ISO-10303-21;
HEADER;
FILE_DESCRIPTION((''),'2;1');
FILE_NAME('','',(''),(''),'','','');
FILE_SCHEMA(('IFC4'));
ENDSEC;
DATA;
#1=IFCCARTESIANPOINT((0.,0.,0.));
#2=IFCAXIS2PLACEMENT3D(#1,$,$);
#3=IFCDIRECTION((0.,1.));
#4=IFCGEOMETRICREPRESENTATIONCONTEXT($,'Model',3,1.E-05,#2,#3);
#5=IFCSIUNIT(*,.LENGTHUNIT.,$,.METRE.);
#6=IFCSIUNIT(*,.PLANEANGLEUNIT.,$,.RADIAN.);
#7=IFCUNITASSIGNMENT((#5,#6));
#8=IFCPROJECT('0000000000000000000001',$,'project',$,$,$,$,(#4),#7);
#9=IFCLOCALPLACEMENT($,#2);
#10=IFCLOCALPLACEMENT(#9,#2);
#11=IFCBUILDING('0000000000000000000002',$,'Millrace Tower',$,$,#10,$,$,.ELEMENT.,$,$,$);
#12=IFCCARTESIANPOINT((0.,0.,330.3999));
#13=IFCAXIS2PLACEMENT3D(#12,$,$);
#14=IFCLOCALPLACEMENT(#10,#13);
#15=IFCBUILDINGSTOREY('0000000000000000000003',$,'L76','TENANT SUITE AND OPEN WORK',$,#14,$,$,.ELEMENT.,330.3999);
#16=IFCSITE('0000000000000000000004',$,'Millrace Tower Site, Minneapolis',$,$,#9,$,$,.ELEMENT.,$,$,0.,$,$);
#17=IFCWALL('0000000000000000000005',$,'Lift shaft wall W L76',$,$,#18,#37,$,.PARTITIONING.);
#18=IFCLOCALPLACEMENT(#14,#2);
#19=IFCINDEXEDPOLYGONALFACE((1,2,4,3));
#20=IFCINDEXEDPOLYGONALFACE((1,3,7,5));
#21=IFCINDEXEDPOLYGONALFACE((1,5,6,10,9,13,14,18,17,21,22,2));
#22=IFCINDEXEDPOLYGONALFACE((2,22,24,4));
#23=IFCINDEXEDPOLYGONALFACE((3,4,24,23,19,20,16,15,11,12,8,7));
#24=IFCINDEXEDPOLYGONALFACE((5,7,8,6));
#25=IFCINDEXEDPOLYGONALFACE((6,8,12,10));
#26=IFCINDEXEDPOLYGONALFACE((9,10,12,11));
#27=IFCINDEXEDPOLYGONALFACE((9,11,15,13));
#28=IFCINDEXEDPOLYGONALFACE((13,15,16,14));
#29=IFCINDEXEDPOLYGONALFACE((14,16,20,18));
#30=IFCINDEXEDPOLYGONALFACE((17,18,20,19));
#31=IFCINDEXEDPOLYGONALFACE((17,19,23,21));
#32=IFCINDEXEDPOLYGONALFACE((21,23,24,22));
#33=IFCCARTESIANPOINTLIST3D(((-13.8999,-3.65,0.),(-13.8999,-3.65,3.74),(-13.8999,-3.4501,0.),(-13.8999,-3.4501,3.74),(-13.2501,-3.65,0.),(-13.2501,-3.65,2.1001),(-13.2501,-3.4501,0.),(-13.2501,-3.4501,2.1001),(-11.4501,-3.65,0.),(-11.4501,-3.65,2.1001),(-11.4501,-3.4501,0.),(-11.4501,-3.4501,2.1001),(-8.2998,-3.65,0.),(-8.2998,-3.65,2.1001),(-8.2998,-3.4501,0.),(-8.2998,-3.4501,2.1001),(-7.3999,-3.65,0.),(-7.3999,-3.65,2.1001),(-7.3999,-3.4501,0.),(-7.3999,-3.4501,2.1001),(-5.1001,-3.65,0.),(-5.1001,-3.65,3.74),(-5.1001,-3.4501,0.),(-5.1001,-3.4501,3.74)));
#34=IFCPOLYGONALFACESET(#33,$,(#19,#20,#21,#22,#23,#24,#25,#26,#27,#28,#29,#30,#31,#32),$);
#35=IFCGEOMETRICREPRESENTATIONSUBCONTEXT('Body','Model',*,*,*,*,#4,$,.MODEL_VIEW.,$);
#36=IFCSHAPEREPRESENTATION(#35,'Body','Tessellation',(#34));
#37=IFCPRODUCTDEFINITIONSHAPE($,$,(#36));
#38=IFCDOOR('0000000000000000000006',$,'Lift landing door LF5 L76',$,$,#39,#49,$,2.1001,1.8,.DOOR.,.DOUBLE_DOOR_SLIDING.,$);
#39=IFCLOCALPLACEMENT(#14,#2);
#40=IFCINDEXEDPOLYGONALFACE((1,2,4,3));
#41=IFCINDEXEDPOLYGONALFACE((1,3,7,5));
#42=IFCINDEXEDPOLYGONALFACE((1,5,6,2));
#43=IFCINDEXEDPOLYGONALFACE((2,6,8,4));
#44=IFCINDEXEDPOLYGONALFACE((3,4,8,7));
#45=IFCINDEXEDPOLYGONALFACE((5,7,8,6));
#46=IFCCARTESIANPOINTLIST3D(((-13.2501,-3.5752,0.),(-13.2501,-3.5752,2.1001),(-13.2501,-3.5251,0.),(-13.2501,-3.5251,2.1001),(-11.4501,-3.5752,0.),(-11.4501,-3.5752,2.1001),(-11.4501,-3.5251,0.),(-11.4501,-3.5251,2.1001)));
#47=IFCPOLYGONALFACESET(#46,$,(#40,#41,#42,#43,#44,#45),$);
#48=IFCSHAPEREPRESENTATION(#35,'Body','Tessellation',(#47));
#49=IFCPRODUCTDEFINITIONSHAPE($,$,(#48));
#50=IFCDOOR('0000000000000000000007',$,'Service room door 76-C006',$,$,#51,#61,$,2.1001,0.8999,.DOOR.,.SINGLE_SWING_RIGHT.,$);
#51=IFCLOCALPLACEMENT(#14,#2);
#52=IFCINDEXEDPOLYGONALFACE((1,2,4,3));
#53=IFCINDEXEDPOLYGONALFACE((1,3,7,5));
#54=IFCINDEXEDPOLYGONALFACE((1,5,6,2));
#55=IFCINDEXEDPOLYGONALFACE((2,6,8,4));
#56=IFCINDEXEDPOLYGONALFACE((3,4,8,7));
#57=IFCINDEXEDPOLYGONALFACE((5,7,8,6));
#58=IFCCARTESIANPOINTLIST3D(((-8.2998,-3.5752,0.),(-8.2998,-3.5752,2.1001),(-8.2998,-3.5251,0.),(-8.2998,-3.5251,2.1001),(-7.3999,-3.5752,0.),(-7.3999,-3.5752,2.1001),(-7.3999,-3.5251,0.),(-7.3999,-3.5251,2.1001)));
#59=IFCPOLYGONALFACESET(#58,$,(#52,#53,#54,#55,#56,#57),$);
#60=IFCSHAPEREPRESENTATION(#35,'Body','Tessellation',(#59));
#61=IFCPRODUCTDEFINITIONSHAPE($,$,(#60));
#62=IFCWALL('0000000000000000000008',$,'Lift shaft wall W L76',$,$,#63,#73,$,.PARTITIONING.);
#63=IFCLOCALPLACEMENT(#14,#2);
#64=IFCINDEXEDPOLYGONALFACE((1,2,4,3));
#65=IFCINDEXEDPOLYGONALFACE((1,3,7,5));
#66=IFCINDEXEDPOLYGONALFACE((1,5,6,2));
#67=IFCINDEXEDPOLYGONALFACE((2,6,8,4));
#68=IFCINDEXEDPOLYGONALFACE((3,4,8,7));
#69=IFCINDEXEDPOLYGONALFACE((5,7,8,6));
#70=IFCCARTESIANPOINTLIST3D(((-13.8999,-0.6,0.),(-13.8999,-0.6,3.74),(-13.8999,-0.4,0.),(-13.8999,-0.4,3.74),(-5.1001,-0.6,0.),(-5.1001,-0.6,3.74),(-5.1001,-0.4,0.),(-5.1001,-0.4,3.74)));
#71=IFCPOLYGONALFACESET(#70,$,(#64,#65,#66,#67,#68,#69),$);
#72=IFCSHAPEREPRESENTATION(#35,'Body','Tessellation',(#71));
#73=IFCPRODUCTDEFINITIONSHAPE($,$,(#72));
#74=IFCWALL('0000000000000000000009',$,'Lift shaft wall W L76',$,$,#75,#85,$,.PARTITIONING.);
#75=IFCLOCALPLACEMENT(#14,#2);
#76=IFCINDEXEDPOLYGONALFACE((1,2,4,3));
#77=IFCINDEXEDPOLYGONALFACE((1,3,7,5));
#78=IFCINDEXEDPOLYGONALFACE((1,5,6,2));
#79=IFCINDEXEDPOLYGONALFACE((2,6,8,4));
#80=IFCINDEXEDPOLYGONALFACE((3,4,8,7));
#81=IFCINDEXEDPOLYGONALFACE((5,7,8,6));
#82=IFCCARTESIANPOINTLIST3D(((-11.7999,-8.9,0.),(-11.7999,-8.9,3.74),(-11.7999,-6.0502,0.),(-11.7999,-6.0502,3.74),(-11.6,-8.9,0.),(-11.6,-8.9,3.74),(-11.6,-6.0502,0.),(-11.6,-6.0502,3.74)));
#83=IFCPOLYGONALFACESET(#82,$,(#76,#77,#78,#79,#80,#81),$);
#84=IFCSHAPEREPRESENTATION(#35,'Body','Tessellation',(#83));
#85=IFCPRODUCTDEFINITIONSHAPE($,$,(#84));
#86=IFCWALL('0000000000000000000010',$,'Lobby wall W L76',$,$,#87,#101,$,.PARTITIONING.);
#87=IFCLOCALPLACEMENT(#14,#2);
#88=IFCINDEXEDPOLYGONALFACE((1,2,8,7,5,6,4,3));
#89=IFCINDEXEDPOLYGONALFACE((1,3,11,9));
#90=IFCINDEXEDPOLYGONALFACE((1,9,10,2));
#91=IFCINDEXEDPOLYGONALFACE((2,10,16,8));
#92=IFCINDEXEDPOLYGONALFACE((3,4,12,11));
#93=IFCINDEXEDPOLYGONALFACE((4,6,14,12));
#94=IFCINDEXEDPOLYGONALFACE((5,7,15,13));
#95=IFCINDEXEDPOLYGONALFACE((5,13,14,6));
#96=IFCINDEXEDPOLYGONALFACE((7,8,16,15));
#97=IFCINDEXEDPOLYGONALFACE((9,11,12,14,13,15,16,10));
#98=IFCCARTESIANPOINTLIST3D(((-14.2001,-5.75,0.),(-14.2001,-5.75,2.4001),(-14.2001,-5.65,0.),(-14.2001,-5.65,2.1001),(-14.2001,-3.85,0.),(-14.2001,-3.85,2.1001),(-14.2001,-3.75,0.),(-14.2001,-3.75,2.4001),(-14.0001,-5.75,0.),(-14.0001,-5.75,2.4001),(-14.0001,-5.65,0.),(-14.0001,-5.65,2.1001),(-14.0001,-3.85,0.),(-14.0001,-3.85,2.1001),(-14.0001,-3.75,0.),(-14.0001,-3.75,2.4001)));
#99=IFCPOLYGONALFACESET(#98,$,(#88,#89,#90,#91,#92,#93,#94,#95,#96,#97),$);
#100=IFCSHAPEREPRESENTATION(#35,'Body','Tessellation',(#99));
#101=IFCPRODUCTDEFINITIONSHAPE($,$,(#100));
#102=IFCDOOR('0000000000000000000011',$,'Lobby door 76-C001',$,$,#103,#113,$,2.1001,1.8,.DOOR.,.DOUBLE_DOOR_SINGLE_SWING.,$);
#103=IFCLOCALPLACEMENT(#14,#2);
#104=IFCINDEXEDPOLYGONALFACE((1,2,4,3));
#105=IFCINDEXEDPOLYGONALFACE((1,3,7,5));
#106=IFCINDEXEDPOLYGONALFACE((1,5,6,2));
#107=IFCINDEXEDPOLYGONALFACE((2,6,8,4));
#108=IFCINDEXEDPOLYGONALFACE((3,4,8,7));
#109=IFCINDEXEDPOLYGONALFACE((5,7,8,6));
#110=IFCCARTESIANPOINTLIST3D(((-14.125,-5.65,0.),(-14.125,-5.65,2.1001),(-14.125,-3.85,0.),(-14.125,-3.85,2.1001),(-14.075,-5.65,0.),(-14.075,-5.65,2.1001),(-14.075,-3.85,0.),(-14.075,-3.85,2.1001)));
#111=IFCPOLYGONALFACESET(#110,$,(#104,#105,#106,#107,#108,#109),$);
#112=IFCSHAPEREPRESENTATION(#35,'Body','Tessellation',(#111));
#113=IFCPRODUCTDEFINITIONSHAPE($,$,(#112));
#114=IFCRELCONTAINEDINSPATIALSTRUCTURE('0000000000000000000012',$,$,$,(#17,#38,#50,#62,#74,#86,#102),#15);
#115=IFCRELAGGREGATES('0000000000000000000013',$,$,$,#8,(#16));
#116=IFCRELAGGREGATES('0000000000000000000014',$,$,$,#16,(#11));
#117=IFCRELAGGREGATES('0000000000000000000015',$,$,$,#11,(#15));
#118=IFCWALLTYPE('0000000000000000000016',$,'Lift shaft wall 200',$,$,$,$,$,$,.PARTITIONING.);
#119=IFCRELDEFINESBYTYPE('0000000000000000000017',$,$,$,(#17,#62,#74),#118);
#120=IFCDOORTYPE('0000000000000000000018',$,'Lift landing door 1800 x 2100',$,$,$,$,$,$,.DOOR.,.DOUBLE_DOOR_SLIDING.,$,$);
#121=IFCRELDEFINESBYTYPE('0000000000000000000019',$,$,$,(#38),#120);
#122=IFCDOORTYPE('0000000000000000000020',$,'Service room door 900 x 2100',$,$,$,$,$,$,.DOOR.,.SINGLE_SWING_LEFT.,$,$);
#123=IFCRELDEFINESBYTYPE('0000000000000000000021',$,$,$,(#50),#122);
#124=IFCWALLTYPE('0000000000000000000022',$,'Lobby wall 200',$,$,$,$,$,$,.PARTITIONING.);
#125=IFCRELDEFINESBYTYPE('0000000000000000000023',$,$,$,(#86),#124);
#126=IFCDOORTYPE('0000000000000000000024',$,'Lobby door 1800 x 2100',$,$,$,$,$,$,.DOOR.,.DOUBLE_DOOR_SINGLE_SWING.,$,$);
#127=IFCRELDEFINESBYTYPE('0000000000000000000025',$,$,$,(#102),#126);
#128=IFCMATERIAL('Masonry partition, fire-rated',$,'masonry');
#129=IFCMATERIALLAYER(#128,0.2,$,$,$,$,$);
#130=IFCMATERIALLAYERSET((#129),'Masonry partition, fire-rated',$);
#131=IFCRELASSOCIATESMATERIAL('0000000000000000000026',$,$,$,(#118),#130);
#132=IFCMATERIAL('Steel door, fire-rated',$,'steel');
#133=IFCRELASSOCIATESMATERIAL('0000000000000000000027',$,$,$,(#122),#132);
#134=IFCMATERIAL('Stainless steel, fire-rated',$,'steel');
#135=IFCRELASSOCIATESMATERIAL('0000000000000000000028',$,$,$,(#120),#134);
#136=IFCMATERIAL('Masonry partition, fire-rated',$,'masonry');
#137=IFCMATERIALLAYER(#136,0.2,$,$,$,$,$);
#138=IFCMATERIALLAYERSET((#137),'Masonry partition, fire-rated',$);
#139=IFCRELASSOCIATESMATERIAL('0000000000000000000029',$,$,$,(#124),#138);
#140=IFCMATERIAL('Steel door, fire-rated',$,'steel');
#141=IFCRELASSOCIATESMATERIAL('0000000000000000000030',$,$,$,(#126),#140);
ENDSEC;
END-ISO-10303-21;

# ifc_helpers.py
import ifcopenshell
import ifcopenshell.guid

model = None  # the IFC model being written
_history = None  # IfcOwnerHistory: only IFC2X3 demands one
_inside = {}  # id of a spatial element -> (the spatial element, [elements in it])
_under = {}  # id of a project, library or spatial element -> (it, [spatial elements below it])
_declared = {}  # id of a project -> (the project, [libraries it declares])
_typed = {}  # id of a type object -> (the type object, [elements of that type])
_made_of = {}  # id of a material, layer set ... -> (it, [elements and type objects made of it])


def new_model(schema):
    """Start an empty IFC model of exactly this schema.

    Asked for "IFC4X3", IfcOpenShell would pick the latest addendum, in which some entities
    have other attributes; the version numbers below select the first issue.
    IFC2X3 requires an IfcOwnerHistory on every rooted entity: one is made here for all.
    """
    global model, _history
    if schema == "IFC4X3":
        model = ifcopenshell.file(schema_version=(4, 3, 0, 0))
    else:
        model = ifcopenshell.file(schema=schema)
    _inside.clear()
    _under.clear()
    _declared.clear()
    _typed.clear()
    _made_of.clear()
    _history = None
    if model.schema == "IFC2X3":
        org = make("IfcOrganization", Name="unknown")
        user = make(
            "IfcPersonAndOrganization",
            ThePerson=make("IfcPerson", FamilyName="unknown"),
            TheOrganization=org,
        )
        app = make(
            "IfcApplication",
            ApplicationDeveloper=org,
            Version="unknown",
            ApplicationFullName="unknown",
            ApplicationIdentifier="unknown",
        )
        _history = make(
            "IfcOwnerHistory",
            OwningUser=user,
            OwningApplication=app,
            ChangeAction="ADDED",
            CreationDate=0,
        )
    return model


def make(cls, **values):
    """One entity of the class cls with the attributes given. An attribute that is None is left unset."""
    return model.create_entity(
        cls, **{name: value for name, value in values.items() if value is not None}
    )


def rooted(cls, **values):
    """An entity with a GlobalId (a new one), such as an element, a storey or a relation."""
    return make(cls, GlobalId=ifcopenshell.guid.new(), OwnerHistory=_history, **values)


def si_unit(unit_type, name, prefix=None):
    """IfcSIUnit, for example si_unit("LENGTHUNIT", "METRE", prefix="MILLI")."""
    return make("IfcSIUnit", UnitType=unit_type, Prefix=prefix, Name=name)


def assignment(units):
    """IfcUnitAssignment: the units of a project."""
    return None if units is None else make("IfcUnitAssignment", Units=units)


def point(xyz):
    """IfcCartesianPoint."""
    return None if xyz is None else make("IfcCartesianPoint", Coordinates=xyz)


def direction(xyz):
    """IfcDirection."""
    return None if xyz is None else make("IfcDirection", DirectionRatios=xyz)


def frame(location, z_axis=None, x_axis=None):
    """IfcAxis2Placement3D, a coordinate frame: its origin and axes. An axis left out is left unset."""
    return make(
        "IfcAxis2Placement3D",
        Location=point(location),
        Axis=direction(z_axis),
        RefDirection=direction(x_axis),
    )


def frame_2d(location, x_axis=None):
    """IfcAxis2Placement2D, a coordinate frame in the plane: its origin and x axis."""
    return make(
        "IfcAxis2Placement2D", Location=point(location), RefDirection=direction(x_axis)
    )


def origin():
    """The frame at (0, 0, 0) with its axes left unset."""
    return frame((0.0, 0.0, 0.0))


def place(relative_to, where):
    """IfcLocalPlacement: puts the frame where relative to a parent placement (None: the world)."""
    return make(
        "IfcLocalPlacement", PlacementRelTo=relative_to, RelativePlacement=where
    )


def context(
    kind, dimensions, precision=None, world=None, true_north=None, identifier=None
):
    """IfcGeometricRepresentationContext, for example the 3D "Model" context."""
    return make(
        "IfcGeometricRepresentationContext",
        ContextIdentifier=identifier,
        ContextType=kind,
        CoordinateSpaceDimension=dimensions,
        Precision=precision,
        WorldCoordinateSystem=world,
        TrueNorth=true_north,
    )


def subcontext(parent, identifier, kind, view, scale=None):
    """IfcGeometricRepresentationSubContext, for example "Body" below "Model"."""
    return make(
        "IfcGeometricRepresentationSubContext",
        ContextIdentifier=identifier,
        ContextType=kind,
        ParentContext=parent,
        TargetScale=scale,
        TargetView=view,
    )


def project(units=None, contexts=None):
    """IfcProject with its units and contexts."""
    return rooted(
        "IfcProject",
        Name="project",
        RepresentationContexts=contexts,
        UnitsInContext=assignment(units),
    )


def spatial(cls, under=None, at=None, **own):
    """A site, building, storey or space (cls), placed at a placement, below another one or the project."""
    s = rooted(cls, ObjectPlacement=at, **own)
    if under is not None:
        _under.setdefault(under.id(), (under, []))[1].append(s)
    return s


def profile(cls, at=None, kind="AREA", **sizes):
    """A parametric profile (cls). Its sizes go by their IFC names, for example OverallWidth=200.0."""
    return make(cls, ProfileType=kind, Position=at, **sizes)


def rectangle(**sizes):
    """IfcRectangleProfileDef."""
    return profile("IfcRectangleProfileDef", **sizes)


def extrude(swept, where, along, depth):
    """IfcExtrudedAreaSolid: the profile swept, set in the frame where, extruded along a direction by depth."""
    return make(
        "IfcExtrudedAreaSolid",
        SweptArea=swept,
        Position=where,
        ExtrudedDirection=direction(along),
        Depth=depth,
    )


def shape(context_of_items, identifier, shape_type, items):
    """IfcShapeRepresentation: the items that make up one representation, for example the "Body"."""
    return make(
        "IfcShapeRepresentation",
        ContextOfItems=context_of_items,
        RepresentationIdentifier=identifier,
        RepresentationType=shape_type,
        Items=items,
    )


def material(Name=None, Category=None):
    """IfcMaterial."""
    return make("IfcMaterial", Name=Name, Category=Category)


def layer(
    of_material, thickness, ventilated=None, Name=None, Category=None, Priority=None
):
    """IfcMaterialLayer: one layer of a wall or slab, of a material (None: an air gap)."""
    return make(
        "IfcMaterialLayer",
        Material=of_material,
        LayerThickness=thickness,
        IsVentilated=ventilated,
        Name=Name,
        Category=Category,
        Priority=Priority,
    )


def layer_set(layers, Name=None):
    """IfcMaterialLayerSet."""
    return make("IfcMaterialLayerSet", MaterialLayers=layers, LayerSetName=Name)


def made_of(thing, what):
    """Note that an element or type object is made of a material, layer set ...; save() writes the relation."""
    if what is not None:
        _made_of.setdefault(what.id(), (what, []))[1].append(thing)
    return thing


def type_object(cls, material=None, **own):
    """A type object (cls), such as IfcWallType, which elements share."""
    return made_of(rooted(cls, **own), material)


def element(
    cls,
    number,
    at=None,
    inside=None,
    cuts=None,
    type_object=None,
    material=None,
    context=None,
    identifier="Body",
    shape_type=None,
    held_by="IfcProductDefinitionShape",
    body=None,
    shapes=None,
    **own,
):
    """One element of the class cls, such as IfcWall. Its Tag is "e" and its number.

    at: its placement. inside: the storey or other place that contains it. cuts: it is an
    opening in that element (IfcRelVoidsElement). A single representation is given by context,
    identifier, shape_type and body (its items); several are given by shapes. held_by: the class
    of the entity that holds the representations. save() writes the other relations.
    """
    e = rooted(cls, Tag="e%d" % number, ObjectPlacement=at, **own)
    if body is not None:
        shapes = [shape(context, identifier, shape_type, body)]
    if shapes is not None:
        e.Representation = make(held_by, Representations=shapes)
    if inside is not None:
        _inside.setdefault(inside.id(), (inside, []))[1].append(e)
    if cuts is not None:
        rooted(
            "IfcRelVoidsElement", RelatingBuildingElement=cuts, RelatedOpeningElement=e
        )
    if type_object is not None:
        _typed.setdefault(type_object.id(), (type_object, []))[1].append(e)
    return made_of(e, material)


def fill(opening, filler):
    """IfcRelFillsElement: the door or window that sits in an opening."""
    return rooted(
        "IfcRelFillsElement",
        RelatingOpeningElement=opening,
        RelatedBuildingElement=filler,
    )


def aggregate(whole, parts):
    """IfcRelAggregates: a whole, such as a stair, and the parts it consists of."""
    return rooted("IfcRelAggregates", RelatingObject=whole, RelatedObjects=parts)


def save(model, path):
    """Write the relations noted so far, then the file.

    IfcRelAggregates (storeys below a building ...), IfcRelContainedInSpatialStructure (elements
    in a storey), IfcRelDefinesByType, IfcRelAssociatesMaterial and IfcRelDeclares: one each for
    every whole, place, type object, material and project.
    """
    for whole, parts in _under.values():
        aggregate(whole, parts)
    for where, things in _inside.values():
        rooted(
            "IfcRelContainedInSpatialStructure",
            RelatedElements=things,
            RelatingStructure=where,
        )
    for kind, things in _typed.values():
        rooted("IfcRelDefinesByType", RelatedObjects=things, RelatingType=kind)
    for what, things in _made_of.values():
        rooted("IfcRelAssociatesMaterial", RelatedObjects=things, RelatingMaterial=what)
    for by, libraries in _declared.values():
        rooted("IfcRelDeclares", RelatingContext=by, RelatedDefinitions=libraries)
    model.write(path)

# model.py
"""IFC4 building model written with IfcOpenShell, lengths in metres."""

from ifc_helpers import new_model, si_unit, direction, frame, frame_2d, origin, place, context, subcontext, project, spatial, rectangle, extrude, material, layer, layer_set, type_object, element, fill, save


model = new_model("IFC4")

# Units and contexts
model_context = context("Model", 3, precision=1e-05, world=origin(), true_north=direction((0.0, 1.0)))
body_context = subcontext(model_context, "Body", "Model", "MODEL_VIEW")
ifc_project = project(units=[si_unit("LENGTHUNIT", "METRE"), si_unit("PLANEANGLEUNIT", "RADIAN")], contexts=[model_context])

# Site, building, storey
site_placement = place(None, origin())
site = spatial("IfcSite", under=ifc_project, at=site_placement, Name="Millrace Tower Site, Minneapolis", CompositionType="ELEMENT", RefElevation=0.0)
building_placement = place(site_placement, origin())
building = spatial("IfcBuilding", under=site, at=building_placement, Name="Millrace Tower", CompositionType="ELEMENT")
storey_placement = place(building_placement, frame((0.0, 0.0, 330.3999)))
storey = spatial("IfcBuildingStorey", under=building, at=storey_placement, Name="L76", Description="TENANT SUITE AND OPEN WORK", CompositionType="ELEMENT", Elevation=330.3999)

# Wall, openings, doors
ifc_material_1 = material(Name="Masonry partition, fire-rated", Category="masonry")
ifc_layer_1 = layer(ifc_material_1, 0.2)
ifc_layer_set_1 = layer_set([ifc_layer_1], Name="Masonry partition, fire-rated")
wall_type_1 = type_object("IfcWallType", Name="Lift shaft wall 200", PredefinedType="PARTITIONING", material=ifc_layer_set_1)
ifc_material_2 = material(Name="Steel door, fire-rated", Category="steel")
door_type_1 = type_object("IfcDoorType", Name="Service room door 900 x 2100", OperationType="SINGLE_SWING_LEFT", PredefinedType="DOOR", material=ifc_material_2)
wall_1_placement = place(storey_placement, frame((-13.8999, -3.55, 0.0), z_axis=(0.0, 0.0, 1.0), x_axis=(1.0, 0.0, 0.0)))
wall_1 = element("IfcWall", 1, at=wall_1_placement, inside=storey, type_object=wall_type_1, Name="Lift shaft wall W L76", PredefinedType="PARTITIONING", context=body_context, shape_type="SweptSolid", body=[
    extrude(rectangle(XDim=8.7998, YDim=0.2, at=frame_2d((4.3999, 0.0))), origin(), (0.0, 0.0, 1.0), 3.74),
])
opening_1_placement = place(wall_1_placement, frame((0.6499, 0.0, 0.0)))
opening_1 = element("IfcOpeningElement", 2, at=opening_1_placement, cuts=wall_1, PredefinedType="OPENING", context=body_context, shape_type="SweptSolid", body=[
    extrude(rectangle(XDim=1.8, YDim=2.1001, at=frame_2d((0.8999, 1.05))), frame((0.0, 0.1099, 0.0), z_axis=(0.0, -1.0, 0.0), x_axis=(1.0, 0.0, 0.0)), (0.0, 0.0, 1.0), 0.22),
])
opening_2_placement = place(wall_1_placement, frame((5.6001, 0.0, 0.0)))
opening_2 = element("IfcOpeningElement", 3, at=opening_2_placement, cuts=wall_1, PredefinedType="OPENING", context=body_context, shape_type="SweptSolid", body=[
    extrude(rectangle(XDim=0.8999, YDim=2.1001, at=frame_2d((0.45, 1.05))), frame((0.0, 0.1099, 0.0), z_axis=(0.0, -1.0, 0.0), x_axis=(1.0, 0.0, 0.0)), (0.0, 0.0, 1.0), 0.22),
])
ifc_material_3 = material(Name="Stainless steel, fire-rated", Category="steel")
door_type_2 = type_object("IfcDoorType", Name="Lift landing door 1800 x 2100", OperationType="DOUBLE_DOOR_SLIDING", PredefinedType="DOOR", material=ifc_material_3)
door_1_placement = place(opening_1_placement, origin())
door_1 = element("IfcDoor", 4, at=door_1_placement, inside=storey, type_object=door_type_2, Name="Lift landing door LF5 L76", OperationType="DOUBLE_DOOR_SLIDING", OverallHeight=2.1001, OverallWidth=1.8, PredefinedType="DOOR", context=body_context, shape_type="SweptSolid", body=[
    extrude(rectangle(XDim=1.8, YDim=2.1001, at=frame_2d((0.8999, 1.05))), frame((0.0, 0.0249, 0.0), z_axis=(0.0, -1.0, 0.0), x_axis=(1.0, 0.0, 0.0)), (0.0, 0.0, 1.0), 0.05),
])
fill(opening_1, door_1)
door_2_placement = place(opening_2_placement, origin())
door_2 = element("IfcDoor", 5, at=door_2_placement, inside=storey, type_object=door_type_1, Name="Service room door 76-C006", OperationType="SINGLE_SWING_RIGHT", OverallHeight=2.1001, OverallWidth=0.8999, PredefinedType="DOOR", context=body_context, shape_type="SweptSolid", body=[
    extrude(rectangle(XDim=0.8999, YDim=2.1001, at=frame_2d((0.45, 1.05))), frame((0.0, 0.0249, 0.0), z_axis=(0.0, -1.0, 0.0), x_axis=(1.0, 0.0, 0.0)), (0.0, 0.0, 1.0), 0.05),
])
fill(opening_2, door_2)

# Walls
wall_2_placement = place(storey_placement, frame((-13.8999, -0.5, 0.0), z_axis=(0.0, 0.0, 1.0), x_axis=(1.0, 0.0, 0.0)))
element("IfcWall", 6, at=wall_2_placement, inside=storey, type_object=wall_type_1, Name="Lift shaft wall W L76", PredefinedType="PARTITIONING", context=body_context, shape_type="SweptSolid", body=[
    extrude(rectangle(XDim=8.7998, YDim=0.2, at=frame_2d((4.3999, 0.0))), origin(), (0.0, 0.0, 1.0), 3.74),
])
wall_3_placement = place(storey_placement, frame((-11.7, -8.8999, 0.0), z_axis=(0.0, 0.0, 1.0), x_axis=(0.0, 1.0, 0.0)))
element("IfcWall", 7, at=wall_3_placement, inside=storey, type_object=wall_type_1, Name="Lift shaft wall W L76", PredefinedType="PARTITIONING", context=body_context, shape_type="SweptSolid", body=[
    extrude(rectangle(XDim=2.8499, YDim=0.2, at=frame_2d((1.4248, 0.0))), origin(), (0.0, 0.0, 1.0), 3.74),
])

# Wall, opening, door
ifc_material_4 = material(Name="Masonry partition, fire-rated", Category="masonry")
ifc_layer_2 = layer(ifc_material_4, 0.2)
ifc_layer_set_2 = layer_set([ifc_layer_2], Name="Masonry partition, fire-rated")
wall_type_2 = type_object("IfcWallType", Name="Lobby wall 200", PredefinedType="PARTITIONING", material=ifc_layer_set_2)
wall_4_placement = place(storey_placement, frame((-14.1001, -5.75, 0.0), z_axis=(0.0, 0.0, 1.0), x_axis=(0.0, 1.0, 0.0)))
wall_4 = element("IfcWall", 8, at=wall_4_placement, inside=storey, type_object=wall_type_2, Name="Lobby wall W L76", PredefinedType="PARTITIONING", context=body_context, shape_type="SweptSolid", body=[
    extrude(rectangle(XDim=2.0, YDim=0.2, at=frame_2d((1.0, 0.0))), origin(), (0.0, 0.0, 1.0), 2.4001),
])
opening_3_placement = place(wall_4_placement, frame((0.1001, 0.0, 0.0)))
opening_3 = element("IfcOpeningElement", 9, at=opening_3_placement, cuts=wall_4, PredefinedType="OPENING", context=body_context, shape_type="SweptSolid", body=[
    extrude(rectangle(XDim=1.8, YDim=2.1001, at=frame_2d((0.8999, 1.05))), frame((0.0, 0.1099, 0.0), z_axis=(0.0, -1.0, 0.0), x_axis=(1.0, 0.0, 0.0)), (0.0, 0.0, 1.0), 0.22),
])
ifc_material_5 = material(Name="Steel door, fire-rated", Category="steel")
door_type_3 = type_object("IfcDoorType", Name="Lobby door 1800 x 2100", OperationType="DOUBLE_DOOR_SINGLE_SWING", PredefinedType="DOOR", material=ifc_material_5)
door_3_placement = place(opening_3_placement, origin())
door_3 = element("IfcDoor", 10, at=door_3_placement, inside=storey, type_object=door_type_3, Name="Lobby door 76-C001", OperationType="DOUBLE_DOOR_SINGLE_SWING", OverallHeight=2.1001, OverallWidth=1.8, PredefinedType="DOOR", context=body_context, shape_type="SweptSolid", body=[
    extrude(rectangle(XDim=1.8, YDim=2.1001, at=frame_2d((0.8999, 1.05))), frame((0.0, 0.0249, 0.0), z_axis=(0.0, -1.0, 0.0), x_axis=(1.0, 0.0, 0.0)), (0.0, 0.0, 1.0), 0.05),
])
fill(opening_3, door_3)

save(model, "model.ifc")
